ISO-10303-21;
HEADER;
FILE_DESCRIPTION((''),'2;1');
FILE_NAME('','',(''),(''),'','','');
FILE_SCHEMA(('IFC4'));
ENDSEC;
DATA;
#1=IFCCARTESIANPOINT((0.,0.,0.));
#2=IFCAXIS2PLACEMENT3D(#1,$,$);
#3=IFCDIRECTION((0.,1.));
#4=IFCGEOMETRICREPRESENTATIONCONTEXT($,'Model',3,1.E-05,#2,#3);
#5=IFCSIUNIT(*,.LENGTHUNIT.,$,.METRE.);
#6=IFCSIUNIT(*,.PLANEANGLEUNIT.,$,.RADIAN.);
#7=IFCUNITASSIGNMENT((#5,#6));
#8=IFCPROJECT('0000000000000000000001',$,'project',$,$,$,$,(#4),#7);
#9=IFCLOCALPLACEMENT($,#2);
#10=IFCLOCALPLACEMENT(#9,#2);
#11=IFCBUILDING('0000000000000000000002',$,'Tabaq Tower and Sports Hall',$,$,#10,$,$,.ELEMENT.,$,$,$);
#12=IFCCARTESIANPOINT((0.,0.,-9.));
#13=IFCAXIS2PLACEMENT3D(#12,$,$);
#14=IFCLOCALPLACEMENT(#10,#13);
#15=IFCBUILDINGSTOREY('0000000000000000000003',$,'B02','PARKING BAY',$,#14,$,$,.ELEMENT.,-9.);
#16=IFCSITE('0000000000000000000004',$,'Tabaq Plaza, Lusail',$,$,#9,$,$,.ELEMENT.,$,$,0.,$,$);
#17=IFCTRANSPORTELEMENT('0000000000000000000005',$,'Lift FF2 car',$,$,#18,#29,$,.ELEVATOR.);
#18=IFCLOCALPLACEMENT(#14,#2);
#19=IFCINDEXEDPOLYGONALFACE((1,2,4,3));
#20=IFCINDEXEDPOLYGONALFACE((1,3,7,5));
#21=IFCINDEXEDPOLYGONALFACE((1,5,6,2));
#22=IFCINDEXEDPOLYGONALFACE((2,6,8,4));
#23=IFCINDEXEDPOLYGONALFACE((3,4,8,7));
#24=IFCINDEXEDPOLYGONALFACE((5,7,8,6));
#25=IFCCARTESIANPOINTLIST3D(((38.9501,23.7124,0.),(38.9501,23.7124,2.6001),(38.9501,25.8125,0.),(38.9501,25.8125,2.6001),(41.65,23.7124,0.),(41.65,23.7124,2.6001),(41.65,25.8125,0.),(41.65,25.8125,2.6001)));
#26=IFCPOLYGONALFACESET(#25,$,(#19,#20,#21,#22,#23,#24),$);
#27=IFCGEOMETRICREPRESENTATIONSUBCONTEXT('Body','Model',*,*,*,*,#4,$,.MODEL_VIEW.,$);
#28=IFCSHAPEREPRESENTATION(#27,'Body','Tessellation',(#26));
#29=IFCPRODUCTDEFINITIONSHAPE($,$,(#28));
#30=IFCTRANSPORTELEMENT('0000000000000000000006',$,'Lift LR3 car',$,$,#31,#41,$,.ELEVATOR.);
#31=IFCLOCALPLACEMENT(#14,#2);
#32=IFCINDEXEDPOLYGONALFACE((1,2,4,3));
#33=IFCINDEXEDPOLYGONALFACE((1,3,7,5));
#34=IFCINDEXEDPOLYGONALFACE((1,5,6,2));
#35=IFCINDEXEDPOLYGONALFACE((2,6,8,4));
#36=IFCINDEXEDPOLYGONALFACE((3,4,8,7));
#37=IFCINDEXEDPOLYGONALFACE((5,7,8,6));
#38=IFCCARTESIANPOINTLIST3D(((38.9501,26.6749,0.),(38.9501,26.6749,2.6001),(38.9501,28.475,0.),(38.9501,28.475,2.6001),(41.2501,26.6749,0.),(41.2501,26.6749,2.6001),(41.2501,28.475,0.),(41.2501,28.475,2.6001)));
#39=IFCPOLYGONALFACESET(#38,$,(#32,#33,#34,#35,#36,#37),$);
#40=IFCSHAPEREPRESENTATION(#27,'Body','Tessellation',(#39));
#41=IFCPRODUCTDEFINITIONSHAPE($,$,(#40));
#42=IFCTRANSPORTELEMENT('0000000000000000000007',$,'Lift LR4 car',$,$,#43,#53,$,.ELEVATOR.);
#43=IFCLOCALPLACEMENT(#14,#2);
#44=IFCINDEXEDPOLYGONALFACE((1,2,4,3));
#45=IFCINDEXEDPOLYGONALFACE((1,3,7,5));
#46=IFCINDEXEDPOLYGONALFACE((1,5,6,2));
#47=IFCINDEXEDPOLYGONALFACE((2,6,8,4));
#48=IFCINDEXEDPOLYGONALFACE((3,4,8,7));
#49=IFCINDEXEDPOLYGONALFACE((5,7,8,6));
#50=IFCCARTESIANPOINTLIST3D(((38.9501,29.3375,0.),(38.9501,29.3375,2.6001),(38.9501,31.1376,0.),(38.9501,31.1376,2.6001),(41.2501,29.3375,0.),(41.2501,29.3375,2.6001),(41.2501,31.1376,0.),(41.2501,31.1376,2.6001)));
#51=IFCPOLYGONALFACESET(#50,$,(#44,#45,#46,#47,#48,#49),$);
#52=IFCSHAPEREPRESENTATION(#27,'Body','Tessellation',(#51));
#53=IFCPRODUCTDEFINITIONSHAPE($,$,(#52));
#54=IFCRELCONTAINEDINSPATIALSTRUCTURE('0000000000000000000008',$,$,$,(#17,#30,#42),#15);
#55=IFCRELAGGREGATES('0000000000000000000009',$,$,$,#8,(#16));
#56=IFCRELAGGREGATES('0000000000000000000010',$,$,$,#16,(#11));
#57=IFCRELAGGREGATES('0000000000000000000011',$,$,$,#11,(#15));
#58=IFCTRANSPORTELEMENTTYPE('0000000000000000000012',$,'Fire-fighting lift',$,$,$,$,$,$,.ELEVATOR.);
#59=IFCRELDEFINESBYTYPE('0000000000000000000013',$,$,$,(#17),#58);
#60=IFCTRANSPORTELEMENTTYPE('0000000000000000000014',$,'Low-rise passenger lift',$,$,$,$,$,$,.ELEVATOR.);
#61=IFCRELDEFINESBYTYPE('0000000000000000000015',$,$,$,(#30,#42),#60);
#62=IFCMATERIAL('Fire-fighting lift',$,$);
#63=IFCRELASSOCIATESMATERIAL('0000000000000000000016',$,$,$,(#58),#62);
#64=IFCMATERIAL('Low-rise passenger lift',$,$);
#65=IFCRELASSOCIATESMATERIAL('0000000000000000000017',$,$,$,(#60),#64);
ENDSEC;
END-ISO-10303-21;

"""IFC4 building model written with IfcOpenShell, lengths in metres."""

from ifc_helpers import new_model, si_unit, direction, frame, origin, origin_2d, place, context, subcontext, project, spatial, rectangle, extrude, material, type_object, element, save


model = new_model("IFC4")

# Units and contexts
model_context = context("Model", 3, precision=1e-05, world=origin(), true_north=direction((0.0, 1.0)))
body_context = subcontext(model_context, "Body", "Model", "MODEL_VIEW")
ifc_project = project(units=[si_unit("LENGTHUNIT", "METRE"), si_unit("PLANEANGLEUNIT", "RADIAN")], contexts=[model_context])

# Site, building, storey
site_placement = place(None, origin())
site = spatial("IfcSite", under=ifc_project, at=site_placement, Name="Tabaq Plaza, Lusail", CompositionType="ELEMENT", RefElevation=0.0)
building_placement = place(site_placement, origin())
building = spatial("IfcBuilding", under=site, at=building_placement, Name="Tabaq Tower and Sports Hall", CompositionType="ELEMENT")
storey_placement = place(building_placement, frame((0.0, 0.0, -9.0)))
storey = spatial("IfcBuildingStorey", under=building, at=storey_placement, Name="B02", Description="PARKING BAY", CompositionType="ELEMENT", Elevation=-9.0)

# Transport elements
ifc_material_1 = material(Name="Fire-fighting lift")
transport_element_type_1 = type_object("IfcTransportElementType", Name="Fire-fighting lift", PredefinedType="ELEVATOR", material=ifc_material_1)
transport_element_placement = place(storey_placement, frame((40.3, 24.7625, 0.0), z_axis=(0.0, 0.0, 1.0), x_axis=(1.0, 0.0, 0.0)))
element("IfcTransportElement", 1, at=transport_element_placement, inside=storey, type_object=transport_element_type_1, Name="Lift FF2 car", PredefinedType="ELEVATOR", context=body_context, shape_type="SweptSolid", body=[
    extrude(rectangle(XDim=2.7, YDim=2.1001, at=origin_2d()), origin(), (0.0, 0.0, 1.0), 2.6001),
])
ifc_material_2 = material(Name="Low-rise passenger lift")
transport_element_type_2 = type_object("IfcTransportElementType", Name="Low-rise passenger lift", PredefinedType="ELEVATOR", material=ifc_material_2)
for number, where, z_axis, x_axis, name in (
    (2, (40.1001, 27.575, 0.0), (0.0, 0.0, 1.0), (1.0, 0.0, 0.0), "Lift LR3 car"),
    (3, (40.1001, 30.2375, 0.0), (0.0, 0.0, 1.0), (1.0, 0.0, 0.0), "Lift LR4 car"),
):
    element("IfcTransportElement", number, at=place(storey_placement, frame(where, z_axis=z_axis, x_axis=x_axis)), inside=storey, type_object=transport_element_type_2, Name=name, PredefinedType="ELEVATOR", context=body_context, shape_type="SweptSolid", body=[
        extrude(rectangle(XDim=2.3, YDim=1.8, at=origin_2d()), origin(), (0.0, 0.0, 1.0), 2.6001),
    ])

save(model, "model.ifc")
